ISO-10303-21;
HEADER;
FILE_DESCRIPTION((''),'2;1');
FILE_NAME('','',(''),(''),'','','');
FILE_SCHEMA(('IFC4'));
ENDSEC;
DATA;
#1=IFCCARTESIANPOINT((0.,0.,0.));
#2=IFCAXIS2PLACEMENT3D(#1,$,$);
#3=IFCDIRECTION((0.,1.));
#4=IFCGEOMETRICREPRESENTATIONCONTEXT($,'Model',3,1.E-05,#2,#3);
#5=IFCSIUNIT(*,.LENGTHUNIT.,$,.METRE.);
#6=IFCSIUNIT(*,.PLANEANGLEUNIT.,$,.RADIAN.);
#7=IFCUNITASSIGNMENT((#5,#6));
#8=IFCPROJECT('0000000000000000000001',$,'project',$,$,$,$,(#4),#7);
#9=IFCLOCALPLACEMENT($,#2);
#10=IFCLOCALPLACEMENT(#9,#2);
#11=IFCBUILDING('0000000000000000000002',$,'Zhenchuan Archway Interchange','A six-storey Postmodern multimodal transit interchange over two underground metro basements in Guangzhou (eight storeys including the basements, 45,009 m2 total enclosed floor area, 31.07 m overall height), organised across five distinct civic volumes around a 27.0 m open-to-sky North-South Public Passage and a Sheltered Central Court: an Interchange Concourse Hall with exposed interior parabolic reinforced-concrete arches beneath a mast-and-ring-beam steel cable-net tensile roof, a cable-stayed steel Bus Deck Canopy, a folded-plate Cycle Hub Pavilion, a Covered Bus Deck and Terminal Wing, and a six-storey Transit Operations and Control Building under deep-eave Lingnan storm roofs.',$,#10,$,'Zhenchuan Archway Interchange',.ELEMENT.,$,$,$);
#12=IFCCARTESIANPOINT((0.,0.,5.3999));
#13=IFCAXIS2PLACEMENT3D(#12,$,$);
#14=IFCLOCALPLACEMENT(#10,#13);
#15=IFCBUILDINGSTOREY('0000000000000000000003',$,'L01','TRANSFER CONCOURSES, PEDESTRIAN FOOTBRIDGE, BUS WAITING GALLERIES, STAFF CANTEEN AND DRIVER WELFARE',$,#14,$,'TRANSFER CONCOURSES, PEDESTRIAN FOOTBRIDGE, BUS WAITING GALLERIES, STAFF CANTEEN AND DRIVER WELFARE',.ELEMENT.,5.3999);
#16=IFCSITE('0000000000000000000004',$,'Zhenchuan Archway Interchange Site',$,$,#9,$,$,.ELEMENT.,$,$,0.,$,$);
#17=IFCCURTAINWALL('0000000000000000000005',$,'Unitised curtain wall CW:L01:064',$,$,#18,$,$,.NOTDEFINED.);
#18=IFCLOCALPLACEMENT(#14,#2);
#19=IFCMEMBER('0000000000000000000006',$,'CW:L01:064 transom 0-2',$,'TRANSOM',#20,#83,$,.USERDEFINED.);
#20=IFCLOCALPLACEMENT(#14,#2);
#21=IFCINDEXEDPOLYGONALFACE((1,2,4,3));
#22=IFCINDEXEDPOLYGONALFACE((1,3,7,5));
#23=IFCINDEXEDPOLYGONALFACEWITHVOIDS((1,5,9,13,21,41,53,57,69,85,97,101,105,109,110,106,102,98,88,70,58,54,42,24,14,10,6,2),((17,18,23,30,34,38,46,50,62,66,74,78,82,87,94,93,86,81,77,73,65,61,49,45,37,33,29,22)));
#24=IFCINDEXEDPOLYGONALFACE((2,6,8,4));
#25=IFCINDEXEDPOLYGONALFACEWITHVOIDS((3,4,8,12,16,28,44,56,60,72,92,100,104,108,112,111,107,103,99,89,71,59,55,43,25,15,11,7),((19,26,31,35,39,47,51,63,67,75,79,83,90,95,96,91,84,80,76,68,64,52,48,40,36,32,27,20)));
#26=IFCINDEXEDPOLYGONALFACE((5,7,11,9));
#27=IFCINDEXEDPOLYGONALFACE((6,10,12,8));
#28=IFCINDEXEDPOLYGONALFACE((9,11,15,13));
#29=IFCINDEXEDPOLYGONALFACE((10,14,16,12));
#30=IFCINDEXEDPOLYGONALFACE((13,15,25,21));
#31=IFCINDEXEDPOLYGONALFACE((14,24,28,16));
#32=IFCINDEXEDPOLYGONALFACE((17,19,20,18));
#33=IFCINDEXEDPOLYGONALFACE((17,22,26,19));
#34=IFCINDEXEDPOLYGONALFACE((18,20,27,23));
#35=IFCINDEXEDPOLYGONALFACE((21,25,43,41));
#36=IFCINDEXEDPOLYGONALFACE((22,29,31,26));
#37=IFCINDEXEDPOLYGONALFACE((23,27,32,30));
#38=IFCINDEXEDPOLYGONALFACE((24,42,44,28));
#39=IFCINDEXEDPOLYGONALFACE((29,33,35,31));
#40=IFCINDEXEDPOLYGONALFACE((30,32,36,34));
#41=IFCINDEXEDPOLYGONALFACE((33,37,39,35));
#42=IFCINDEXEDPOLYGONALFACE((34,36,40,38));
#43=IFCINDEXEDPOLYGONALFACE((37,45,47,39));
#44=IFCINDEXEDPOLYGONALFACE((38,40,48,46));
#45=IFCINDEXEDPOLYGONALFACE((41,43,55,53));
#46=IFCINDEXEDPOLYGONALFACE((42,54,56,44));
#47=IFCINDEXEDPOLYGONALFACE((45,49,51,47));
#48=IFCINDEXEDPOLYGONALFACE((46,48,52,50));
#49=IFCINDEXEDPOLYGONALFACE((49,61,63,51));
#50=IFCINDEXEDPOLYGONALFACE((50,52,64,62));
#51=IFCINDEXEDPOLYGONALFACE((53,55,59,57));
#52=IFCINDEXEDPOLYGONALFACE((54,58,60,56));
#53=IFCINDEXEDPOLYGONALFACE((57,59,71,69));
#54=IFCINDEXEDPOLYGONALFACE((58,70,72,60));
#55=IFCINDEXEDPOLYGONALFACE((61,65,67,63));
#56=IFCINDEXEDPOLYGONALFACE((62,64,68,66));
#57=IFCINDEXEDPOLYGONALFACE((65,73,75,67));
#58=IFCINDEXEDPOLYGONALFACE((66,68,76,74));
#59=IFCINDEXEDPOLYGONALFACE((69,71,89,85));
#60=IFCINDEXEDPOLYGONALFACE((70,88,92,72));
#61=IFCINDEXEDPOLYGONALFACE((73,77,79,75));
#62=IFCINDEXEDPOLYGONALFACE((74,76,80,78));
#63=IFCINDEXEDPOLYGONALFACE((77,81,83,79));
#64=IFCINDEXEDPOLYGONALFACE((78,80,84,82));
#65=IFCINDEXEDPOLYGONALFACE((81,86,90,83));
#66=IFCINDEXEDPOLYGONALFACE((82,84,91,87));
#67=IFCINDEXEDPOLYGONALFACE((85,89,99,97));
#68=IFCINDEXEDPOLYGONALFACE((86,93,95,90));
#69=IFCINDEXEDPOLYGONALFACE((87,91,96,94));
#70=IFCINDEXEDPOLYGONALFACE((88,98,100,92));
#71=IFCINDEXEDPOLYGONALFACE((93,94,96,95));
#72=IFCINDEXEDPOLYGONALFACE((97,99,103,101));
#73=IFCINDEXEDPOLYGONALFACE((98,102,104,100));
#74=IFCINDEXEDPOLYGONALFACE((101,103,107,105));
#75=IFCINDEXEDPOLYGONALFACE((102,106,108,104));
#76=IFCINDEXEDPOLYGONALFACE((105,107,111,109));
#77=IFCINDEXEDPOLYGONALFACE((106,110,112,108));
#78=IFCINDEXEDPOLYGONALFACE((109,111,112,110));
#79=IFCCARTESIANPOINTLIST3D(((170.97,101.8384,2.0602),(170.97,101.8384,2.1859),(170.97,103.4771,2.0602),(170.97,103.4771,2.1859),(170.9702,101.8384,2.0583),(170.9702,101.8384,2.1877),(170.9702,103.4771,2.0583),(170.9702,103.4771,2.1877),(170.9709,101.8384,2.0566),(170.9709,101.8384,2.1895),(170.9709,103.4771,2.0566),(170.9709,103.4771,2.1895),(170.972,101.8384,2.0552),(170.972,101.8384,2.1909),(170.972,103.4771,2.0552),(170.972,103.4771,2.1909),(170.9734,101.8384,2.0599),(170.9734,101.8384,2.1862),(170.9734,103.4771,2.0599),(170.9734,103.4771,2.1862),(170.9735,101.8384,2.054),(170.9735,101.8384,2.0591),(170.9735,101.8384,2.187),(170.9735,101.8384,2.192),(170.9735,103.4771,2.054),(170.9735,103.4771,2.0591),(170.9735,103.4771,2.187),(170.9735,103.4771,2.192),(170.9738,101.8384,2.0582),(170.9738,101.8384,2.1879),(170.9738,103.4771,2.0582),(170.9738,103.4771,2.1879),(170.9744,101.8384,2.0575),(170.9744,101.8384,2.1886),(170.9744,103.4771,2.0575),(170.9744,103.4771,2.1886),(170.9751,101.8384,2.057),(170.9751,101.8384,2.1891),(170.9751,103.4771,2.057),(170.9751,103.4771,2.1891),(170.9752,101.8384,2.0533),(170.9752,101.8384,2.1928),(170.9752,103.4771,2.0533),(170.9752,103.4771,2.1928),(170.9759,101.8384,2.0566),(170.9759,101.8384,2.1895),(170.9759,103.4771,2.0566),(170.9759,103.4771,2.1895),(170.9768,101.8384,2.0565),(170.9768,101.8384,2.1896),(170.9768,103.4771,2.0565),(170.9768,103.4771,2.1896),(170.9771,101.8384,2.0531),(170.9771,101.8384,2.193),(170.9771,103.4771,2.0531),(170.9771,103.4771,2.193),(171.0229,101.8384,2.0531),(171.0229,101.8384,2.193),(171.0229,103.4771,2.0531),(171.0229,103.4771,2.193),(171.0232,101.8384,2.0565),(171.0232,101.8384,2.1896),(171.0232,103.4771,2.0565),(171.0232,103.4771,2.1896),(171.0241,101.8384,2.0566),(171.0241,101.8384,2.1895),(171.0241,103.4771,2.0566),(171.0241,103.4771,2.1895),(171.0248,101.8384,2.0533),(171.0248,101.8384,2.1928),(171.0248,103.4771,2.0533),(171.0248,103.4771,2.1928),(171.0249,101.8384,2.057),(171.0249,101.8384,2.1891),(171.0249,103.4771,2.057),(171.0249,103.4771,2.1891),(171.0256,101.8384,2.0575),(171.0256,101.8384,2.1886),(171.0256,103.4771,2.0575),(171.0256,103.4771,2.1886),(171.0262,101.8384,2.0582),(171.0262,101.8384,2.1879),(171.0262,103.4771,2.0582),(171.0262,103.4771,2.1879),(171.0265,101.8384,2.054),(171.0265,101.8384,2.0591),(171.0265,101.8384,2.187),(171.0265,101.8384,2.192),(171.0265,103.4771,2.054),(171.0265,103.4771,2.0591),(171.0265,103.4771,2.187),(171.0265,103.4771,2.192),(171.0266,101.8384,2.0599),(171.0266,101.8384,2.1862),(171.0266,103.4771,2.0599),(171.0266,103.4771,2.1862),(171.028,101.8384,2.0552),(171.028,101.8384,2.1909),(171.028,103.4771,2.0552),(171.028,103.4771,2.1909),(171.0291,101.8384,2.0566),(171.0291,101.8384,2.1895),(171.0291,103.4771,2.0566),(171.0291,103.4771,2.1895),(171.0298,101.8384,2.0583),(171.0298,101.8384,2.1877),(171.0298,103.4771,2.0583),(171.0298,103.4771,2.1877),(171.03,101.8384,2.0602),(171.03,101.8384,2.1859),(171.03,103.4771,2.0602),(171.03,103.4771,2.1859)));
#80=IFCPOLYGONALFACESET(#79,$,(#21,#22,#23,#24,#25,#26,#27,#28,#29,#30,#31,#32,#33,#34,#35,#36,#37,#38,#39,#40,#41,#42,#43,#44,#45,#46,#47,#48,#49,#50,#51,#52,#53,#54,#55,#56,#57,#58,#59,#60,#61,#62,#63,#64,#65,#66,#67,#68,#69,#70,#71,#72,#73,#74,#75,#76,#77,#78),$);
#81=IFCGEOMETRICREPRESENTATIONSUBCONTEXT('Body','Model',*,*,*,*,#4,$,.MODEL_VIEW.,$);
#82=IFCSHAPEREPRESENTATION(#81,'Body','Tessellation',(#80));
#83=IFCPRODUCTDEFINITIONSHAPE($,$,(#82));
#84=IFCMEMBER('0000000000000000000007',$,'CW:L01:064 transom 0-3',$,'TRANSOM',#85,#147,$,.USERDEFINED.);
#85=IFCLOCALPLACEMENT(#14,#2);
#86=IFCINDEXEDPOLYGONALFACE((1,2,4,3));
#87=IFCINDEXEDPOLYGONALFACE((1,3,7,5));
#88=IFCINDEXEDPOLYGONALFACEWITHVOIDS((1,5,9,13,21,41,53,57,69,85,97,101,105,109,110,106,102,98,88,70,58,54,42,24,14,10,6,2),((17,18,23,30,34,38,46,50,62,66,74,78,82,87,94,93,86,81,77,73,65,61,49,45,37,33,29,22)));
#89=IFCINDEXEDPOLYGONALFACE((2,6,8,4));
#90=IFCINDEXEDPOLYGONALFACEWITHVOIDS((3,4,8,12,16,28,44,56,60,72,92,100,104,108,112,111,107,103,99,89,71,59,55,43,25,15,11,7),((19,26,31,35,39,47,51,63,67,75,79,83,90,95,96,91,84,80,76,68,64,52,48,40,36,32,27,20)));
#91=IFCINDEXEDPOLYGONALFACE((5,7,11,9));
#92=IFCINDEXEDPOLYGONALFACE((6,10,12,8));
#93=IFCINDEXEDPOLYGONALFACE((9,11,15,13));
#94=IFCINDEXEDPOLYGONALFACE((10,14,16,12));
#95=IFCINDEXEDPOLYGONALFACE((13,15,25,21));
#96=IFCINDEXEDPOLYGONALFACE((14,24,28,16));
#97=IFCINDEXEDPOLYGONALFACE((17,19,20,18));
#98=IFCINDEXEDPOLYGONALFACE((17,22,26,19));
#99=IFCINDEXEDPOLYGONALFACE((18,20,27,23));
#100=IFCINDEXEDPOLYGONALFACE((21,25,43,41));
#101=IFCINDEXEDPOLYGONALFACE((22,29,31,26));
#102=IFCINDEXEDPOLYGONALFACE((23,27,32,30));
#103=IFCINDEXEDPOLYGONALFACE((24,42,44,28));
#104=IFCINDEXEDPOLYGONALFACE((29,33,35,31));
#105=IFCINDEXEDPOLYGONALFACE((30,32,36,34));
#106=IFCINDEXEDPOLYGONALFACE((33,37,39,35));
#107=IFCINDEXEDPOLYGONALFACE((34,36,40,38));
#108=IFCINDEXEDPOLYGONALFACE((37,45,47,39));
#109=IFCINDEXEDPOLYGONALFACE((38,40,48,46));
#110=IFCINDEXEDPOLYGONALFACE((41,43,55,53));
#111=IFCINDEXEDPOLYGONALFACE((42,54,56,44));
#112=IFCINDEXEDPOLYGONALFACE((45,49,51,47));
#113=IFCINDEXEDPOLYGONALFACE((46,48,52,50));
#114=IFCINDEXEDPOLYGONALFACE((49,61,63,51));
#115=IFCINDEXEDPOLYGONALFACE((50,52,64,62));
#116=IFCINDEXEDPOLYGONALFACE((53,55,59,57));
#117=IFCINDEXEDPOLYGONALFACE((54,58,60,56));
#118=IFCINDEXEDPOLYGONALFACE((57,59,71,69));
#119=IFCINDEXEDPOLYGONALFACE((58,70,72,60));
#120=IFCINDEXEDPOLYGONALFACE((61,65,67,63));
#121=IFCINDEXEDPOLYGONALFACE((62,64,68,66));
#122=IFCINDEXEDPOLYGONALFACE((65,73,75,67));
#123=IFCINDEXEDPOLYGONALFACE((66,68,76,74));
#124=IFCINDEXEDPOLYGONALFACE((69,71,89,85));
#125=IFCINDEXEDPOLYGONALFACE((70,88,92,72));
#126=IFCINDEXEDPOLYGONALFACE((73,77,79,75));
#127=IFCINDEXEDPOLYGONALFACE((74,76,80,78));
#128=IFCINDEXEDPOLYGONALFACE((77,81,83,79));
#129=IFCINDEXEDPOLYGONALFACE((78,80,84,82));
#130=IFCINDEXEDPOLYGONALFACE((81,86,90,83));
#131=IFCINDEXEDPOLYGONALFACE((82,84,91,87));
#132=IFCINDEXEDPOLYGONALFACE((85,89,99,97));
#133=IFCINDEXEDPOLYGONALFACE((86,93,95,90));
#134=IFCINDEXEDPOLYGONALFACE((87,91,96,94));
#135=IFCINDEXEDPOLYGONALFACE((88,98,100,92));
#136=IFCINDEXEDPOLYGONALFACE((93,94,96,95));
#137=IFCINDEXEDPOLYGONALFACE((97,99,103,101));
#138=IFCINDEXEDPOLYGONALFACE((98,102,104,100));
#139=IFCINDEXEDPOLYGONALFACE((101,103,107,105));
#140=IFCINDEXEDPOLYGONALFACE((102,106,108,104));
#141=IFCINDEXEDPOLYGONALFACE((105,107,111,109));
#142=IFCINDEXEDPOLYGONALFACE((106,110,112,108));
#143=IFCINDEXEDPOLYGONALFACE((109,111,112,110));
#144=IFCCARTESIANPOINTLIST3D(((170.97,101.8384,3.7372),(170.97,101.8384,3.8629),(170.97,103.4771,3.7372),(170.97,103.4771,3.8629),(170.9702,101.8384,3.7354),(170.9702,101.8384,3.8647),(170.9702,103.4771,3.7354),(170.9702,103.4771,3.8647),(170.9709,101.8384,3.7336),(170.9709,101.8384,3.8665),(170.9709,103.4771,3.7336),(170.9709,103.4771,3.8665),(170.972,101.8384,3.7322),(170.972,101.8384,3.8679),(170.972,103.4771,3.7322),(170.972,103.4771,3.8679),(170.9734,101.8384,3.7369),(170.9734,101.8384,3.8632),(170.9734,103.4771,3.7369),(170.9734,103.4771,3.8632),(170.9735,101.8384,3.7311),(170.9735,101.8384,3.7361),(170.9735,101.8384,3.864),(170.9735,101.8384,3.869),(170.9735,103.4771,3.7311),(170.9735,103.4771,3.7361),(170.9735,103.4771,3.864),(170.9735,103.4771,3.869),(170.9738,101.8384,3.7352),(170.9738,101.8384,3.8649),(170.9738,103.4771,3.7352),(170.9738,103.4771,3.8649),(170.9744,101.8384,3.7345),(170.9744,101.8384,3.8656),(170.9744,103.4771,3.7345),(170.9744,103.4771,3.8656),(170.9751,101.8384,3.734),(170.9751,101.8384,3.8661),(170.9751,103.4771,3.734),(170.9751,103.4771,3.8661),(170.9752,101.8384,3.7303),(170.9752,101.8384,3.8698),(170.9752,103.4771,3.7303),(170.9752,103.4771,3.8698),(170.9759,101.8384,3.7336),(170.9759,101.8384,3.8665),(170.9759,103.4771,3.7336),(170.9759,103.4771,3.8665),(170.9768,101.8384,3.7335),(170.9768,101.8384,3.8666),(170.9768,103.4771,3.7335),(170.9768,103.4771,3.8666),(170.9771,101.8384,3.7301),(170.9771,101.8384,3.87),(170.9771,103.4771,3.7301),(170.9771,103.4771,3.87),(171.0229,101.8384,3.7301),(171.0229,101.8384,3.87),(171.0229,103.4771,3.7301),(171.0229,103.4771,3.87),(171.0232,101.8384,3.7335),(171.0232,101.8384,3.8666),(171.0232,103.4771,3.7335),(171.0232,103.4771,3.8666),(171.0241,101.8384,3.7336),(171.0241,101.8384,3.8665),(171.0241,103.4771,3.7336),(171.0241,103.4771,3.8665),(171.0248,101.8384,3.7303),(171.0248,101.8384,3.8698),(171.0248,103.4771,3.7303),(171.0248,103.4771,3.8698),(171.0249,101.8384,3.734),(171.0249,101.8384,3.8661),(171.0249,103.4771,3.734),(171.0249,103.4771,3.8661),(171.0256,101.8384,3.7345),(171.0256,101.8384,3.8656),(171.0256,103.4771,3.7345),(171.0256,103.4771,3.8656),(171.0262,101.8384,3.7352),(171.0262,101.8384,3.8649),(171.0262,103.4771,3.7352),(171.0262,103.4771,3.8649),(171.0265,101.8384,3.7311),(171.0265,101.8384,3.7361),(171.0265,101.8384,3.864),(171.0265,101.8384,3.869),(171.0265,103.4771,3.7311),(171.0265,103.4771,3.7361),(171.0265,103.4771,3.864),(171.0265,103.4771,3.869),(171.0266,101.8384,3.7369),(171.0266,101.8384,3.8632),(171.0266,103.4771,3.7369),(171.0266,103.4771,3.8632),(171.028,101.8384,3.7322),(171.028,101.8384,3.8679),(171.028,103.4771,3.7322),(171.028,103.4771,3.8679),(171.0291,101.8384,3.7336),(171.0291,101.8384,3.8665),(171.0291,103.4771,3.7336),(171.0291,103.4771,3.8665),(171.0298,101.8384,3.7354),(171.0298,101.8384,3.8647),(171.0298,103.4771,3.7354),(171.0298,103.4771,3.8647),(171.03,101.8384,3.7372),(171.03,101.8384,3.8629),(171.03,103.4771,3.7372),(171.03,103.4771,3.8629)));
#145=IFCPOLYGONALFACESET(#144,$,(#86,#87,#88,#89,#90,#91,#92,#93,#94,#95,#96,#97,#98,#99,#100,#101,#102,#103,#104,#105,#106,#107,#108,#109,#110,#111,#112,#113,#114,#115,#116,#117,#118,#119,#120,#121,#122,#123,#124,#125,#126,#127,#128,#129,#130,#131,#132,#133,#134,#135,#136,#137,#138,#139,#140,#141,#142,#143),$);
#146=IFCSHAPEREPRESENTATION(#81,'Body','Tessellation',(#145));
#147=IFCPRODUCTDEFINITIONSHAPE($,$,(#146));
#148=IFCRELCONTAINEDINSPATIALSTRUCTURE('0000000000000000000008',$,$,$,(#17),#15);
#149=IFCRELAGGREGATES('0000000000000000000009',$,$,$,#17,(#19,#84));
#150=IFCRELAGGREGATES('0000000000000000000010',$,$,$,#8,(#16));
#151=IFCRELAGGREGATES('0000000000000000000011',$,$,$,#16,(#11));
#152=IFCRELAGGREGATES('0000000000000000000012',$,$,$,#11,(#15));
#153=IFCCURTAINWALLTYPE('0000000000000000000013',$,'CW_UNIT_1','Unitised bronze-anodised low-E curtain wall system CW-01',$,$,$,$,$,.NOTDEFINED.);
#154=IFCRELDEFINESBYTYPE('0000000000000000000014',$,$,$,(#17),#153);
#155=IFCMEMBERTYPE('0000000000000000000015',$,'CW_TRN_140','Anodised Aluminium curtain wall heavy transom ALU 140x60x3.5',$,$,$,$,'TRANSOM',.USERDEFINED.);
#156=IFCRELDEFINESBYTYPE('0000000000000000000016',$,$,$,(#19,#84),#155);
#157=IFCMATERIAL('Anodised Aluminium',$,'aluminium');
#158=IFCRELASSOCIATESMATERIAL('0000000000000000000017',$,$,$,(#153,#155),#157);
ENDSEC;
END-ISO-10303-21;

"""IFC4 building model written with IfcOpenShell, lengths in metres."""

from ifc_helpers import new_model, si_unit, direction, frame, origin, origin_2d, place, context, subcontext, project, spatial, hollow_rectangle, extrude, material, material_profile, profile_set, type_object, element, aggregate, save


model = new_model("IFC4")

# Units and contexts
model_context = context("Model", 3, precision=1e-05, world=origin(), true_north=direction((0.0, 1.0)))
body_context = subcontext(model_context, "Body", "Model", "MODEL_VIEW")
ifc_project = project(units=[si_unit("LENGTHUNIT", "METRE"), si_unit("PLANEANGLEUNIT", "RADIAN")], contexts=[model_context])

# Site, building, storey
site_placement = place(None, origin())
site = spatial("IfcSite", under=ifc_project, at=site_placement, Name="Zhenchuan Archway Interchange Site", CompositionType="ELEMENT", RefElevation=0.0)
building_placement = place(site_placement, origin())
building = spatial("IfcBuilding", under=site, at=building_placement, Name="Zhenchuan Archway Interchange", Description="A six-storey Postmodern multimodal transit interchange over two underground metro basements in Guangzhou (eight storeys including the basements, 45,009 m2 total enclosed floor area, 31.07 m overall height), organised across five distinct civic volumes around a 27.0 m open-to-sky North-South Public Passage and a Sheltered Central Court: an Interchange Concourse Hall with exposed interior parabolic reinforced-concrete arches beneath a mast-and-ring-beam steel cable-net tensile roof, a cable-stayed steel Bus Deck Canopy, a folded-plate Cycle Hub Pavilion, a Covered Bus Deck and Terminal Wing, and a six-storey Transit Operations and Control Building under deep-eave Lingnan storm roofs.", LongName="Zhenchuan Archway Interchange", CompositionType="ELEMENT")
storey_placement = place(building_placement, frame((0.0, 0.0, 5.3999)))
storey = spatial("IfcBuildingStorey", under=building, at=storey_placement, Name="L01", Description="TRANSFER CONCOURSES, PEDESTRIAN FOOTBRIDGE, BUS WAITING GALLERIES, STAFF CANTEEN AND DRIVER WELFARE", LongName="TRANSFER CONCOURSES, PEDESTRIAN FOOTBRIDGE, BUS WAITING GALLERIES, STAFF CANTEEN AND DRIVER WELFARE", CompositionType="ELEMENT", Elevation=5.3999)

# Shared definitions
ifc_material_1 = material(Name="Anodised Aluminium", Category="aluminium")

# Curtain wall, members
curtain_wall_type_1 = type_object("IfcCurtainWallType", Name="CW_UNIT_1", Description="Unitised bronze-anodised low-E curtain wall system CW-01", PredefinedType="NOTDEFINED", material=ifc_material_1)
curtain_wall_1_placement = place(storey_placement, origin())
curtain_wall_1 = element("IfcCurtainWall", 1, at=curtain_wall_1_placement, inside=storey, type_object=curtain_wall_type_1, Name="Unitised curtain wall CW:L01:064", PredefinedType="NOTDEFINED")
ifc_material_profile_1 = material_profile(ifc_material_1, hollow_rectangle(XDim=0.0601, YDim=0.1399, WallThickness=0.0034, InnerFilletRadius=0.0034, OuterFilletRadius=0.0071, at=origin_2d()), Name="ALU 140x60x3.5")
ifc_profile_set_1 = profile_set([ifc_material_profile_1], Name="Anodised Aluminium")
member_type_1 = type_object("IfcMemberType", Name="CW_TRN_140", Description="Anodised Aluminium curtain wall heavy transom ALU 140x60x3.5", ElementType="TRANSOM", PredefinedType="USERDEFINED", material=ifc_profile_set_1)
member_1_placement = place(storey_placement, frame((171.0, 103.4771, 2.123), z_axis=(0.0, -1.0, 0.0), x_axis=(1.0, 0.0, 0.0)))
member_1 = element("IfcMember", 2, at=member_1_placement, type_object=member_type_1, Name="CW:L01:064 transom 0-2", ObjectType="TRANSOM", PredefinedType="USERDEFINED", context=body_context, shape_type="SweptSolid", body=[
    extrude(hollow_rectangle(XDim=0.0601, YDim=0.1399, WallThickness=0.0034, InnerFilletRadius=0.0034, OuterFilletRadius=0.0071, at=origin_2d()), origin(), (0.0, 0.0, 1.0), 1.6387),
])
member_2_placement = place(storey_placement, frame((171.0, 103.4771, 3.8), z_axis=(0.0, -1.0, 0.0), x_axis=(1.0, 0.0, 0.0)))
member_2 = element("IfcMember", 3, at=member_2_placement, type_object=member_type_1, Name="CW:L01:064 transom 0-3", ObjectType="TRANSOM", PredefinedType="USERDEFINED", context=body_context, shape_type="SweptSolid", body=[
    extrude(hollow_rectangle(XDim=0.0601, YDim=0.1399, WallThickness=0.0034, InnerFilletRadius=0.0034, OuterFilletRadius=0.0071, at=origin_2d()), origin(), (0.0, 0.0, 1.0), 1.6387),
])

aggregate(curtain_wall_1, [member_1, member_2])

save(model, "model.ifc")
